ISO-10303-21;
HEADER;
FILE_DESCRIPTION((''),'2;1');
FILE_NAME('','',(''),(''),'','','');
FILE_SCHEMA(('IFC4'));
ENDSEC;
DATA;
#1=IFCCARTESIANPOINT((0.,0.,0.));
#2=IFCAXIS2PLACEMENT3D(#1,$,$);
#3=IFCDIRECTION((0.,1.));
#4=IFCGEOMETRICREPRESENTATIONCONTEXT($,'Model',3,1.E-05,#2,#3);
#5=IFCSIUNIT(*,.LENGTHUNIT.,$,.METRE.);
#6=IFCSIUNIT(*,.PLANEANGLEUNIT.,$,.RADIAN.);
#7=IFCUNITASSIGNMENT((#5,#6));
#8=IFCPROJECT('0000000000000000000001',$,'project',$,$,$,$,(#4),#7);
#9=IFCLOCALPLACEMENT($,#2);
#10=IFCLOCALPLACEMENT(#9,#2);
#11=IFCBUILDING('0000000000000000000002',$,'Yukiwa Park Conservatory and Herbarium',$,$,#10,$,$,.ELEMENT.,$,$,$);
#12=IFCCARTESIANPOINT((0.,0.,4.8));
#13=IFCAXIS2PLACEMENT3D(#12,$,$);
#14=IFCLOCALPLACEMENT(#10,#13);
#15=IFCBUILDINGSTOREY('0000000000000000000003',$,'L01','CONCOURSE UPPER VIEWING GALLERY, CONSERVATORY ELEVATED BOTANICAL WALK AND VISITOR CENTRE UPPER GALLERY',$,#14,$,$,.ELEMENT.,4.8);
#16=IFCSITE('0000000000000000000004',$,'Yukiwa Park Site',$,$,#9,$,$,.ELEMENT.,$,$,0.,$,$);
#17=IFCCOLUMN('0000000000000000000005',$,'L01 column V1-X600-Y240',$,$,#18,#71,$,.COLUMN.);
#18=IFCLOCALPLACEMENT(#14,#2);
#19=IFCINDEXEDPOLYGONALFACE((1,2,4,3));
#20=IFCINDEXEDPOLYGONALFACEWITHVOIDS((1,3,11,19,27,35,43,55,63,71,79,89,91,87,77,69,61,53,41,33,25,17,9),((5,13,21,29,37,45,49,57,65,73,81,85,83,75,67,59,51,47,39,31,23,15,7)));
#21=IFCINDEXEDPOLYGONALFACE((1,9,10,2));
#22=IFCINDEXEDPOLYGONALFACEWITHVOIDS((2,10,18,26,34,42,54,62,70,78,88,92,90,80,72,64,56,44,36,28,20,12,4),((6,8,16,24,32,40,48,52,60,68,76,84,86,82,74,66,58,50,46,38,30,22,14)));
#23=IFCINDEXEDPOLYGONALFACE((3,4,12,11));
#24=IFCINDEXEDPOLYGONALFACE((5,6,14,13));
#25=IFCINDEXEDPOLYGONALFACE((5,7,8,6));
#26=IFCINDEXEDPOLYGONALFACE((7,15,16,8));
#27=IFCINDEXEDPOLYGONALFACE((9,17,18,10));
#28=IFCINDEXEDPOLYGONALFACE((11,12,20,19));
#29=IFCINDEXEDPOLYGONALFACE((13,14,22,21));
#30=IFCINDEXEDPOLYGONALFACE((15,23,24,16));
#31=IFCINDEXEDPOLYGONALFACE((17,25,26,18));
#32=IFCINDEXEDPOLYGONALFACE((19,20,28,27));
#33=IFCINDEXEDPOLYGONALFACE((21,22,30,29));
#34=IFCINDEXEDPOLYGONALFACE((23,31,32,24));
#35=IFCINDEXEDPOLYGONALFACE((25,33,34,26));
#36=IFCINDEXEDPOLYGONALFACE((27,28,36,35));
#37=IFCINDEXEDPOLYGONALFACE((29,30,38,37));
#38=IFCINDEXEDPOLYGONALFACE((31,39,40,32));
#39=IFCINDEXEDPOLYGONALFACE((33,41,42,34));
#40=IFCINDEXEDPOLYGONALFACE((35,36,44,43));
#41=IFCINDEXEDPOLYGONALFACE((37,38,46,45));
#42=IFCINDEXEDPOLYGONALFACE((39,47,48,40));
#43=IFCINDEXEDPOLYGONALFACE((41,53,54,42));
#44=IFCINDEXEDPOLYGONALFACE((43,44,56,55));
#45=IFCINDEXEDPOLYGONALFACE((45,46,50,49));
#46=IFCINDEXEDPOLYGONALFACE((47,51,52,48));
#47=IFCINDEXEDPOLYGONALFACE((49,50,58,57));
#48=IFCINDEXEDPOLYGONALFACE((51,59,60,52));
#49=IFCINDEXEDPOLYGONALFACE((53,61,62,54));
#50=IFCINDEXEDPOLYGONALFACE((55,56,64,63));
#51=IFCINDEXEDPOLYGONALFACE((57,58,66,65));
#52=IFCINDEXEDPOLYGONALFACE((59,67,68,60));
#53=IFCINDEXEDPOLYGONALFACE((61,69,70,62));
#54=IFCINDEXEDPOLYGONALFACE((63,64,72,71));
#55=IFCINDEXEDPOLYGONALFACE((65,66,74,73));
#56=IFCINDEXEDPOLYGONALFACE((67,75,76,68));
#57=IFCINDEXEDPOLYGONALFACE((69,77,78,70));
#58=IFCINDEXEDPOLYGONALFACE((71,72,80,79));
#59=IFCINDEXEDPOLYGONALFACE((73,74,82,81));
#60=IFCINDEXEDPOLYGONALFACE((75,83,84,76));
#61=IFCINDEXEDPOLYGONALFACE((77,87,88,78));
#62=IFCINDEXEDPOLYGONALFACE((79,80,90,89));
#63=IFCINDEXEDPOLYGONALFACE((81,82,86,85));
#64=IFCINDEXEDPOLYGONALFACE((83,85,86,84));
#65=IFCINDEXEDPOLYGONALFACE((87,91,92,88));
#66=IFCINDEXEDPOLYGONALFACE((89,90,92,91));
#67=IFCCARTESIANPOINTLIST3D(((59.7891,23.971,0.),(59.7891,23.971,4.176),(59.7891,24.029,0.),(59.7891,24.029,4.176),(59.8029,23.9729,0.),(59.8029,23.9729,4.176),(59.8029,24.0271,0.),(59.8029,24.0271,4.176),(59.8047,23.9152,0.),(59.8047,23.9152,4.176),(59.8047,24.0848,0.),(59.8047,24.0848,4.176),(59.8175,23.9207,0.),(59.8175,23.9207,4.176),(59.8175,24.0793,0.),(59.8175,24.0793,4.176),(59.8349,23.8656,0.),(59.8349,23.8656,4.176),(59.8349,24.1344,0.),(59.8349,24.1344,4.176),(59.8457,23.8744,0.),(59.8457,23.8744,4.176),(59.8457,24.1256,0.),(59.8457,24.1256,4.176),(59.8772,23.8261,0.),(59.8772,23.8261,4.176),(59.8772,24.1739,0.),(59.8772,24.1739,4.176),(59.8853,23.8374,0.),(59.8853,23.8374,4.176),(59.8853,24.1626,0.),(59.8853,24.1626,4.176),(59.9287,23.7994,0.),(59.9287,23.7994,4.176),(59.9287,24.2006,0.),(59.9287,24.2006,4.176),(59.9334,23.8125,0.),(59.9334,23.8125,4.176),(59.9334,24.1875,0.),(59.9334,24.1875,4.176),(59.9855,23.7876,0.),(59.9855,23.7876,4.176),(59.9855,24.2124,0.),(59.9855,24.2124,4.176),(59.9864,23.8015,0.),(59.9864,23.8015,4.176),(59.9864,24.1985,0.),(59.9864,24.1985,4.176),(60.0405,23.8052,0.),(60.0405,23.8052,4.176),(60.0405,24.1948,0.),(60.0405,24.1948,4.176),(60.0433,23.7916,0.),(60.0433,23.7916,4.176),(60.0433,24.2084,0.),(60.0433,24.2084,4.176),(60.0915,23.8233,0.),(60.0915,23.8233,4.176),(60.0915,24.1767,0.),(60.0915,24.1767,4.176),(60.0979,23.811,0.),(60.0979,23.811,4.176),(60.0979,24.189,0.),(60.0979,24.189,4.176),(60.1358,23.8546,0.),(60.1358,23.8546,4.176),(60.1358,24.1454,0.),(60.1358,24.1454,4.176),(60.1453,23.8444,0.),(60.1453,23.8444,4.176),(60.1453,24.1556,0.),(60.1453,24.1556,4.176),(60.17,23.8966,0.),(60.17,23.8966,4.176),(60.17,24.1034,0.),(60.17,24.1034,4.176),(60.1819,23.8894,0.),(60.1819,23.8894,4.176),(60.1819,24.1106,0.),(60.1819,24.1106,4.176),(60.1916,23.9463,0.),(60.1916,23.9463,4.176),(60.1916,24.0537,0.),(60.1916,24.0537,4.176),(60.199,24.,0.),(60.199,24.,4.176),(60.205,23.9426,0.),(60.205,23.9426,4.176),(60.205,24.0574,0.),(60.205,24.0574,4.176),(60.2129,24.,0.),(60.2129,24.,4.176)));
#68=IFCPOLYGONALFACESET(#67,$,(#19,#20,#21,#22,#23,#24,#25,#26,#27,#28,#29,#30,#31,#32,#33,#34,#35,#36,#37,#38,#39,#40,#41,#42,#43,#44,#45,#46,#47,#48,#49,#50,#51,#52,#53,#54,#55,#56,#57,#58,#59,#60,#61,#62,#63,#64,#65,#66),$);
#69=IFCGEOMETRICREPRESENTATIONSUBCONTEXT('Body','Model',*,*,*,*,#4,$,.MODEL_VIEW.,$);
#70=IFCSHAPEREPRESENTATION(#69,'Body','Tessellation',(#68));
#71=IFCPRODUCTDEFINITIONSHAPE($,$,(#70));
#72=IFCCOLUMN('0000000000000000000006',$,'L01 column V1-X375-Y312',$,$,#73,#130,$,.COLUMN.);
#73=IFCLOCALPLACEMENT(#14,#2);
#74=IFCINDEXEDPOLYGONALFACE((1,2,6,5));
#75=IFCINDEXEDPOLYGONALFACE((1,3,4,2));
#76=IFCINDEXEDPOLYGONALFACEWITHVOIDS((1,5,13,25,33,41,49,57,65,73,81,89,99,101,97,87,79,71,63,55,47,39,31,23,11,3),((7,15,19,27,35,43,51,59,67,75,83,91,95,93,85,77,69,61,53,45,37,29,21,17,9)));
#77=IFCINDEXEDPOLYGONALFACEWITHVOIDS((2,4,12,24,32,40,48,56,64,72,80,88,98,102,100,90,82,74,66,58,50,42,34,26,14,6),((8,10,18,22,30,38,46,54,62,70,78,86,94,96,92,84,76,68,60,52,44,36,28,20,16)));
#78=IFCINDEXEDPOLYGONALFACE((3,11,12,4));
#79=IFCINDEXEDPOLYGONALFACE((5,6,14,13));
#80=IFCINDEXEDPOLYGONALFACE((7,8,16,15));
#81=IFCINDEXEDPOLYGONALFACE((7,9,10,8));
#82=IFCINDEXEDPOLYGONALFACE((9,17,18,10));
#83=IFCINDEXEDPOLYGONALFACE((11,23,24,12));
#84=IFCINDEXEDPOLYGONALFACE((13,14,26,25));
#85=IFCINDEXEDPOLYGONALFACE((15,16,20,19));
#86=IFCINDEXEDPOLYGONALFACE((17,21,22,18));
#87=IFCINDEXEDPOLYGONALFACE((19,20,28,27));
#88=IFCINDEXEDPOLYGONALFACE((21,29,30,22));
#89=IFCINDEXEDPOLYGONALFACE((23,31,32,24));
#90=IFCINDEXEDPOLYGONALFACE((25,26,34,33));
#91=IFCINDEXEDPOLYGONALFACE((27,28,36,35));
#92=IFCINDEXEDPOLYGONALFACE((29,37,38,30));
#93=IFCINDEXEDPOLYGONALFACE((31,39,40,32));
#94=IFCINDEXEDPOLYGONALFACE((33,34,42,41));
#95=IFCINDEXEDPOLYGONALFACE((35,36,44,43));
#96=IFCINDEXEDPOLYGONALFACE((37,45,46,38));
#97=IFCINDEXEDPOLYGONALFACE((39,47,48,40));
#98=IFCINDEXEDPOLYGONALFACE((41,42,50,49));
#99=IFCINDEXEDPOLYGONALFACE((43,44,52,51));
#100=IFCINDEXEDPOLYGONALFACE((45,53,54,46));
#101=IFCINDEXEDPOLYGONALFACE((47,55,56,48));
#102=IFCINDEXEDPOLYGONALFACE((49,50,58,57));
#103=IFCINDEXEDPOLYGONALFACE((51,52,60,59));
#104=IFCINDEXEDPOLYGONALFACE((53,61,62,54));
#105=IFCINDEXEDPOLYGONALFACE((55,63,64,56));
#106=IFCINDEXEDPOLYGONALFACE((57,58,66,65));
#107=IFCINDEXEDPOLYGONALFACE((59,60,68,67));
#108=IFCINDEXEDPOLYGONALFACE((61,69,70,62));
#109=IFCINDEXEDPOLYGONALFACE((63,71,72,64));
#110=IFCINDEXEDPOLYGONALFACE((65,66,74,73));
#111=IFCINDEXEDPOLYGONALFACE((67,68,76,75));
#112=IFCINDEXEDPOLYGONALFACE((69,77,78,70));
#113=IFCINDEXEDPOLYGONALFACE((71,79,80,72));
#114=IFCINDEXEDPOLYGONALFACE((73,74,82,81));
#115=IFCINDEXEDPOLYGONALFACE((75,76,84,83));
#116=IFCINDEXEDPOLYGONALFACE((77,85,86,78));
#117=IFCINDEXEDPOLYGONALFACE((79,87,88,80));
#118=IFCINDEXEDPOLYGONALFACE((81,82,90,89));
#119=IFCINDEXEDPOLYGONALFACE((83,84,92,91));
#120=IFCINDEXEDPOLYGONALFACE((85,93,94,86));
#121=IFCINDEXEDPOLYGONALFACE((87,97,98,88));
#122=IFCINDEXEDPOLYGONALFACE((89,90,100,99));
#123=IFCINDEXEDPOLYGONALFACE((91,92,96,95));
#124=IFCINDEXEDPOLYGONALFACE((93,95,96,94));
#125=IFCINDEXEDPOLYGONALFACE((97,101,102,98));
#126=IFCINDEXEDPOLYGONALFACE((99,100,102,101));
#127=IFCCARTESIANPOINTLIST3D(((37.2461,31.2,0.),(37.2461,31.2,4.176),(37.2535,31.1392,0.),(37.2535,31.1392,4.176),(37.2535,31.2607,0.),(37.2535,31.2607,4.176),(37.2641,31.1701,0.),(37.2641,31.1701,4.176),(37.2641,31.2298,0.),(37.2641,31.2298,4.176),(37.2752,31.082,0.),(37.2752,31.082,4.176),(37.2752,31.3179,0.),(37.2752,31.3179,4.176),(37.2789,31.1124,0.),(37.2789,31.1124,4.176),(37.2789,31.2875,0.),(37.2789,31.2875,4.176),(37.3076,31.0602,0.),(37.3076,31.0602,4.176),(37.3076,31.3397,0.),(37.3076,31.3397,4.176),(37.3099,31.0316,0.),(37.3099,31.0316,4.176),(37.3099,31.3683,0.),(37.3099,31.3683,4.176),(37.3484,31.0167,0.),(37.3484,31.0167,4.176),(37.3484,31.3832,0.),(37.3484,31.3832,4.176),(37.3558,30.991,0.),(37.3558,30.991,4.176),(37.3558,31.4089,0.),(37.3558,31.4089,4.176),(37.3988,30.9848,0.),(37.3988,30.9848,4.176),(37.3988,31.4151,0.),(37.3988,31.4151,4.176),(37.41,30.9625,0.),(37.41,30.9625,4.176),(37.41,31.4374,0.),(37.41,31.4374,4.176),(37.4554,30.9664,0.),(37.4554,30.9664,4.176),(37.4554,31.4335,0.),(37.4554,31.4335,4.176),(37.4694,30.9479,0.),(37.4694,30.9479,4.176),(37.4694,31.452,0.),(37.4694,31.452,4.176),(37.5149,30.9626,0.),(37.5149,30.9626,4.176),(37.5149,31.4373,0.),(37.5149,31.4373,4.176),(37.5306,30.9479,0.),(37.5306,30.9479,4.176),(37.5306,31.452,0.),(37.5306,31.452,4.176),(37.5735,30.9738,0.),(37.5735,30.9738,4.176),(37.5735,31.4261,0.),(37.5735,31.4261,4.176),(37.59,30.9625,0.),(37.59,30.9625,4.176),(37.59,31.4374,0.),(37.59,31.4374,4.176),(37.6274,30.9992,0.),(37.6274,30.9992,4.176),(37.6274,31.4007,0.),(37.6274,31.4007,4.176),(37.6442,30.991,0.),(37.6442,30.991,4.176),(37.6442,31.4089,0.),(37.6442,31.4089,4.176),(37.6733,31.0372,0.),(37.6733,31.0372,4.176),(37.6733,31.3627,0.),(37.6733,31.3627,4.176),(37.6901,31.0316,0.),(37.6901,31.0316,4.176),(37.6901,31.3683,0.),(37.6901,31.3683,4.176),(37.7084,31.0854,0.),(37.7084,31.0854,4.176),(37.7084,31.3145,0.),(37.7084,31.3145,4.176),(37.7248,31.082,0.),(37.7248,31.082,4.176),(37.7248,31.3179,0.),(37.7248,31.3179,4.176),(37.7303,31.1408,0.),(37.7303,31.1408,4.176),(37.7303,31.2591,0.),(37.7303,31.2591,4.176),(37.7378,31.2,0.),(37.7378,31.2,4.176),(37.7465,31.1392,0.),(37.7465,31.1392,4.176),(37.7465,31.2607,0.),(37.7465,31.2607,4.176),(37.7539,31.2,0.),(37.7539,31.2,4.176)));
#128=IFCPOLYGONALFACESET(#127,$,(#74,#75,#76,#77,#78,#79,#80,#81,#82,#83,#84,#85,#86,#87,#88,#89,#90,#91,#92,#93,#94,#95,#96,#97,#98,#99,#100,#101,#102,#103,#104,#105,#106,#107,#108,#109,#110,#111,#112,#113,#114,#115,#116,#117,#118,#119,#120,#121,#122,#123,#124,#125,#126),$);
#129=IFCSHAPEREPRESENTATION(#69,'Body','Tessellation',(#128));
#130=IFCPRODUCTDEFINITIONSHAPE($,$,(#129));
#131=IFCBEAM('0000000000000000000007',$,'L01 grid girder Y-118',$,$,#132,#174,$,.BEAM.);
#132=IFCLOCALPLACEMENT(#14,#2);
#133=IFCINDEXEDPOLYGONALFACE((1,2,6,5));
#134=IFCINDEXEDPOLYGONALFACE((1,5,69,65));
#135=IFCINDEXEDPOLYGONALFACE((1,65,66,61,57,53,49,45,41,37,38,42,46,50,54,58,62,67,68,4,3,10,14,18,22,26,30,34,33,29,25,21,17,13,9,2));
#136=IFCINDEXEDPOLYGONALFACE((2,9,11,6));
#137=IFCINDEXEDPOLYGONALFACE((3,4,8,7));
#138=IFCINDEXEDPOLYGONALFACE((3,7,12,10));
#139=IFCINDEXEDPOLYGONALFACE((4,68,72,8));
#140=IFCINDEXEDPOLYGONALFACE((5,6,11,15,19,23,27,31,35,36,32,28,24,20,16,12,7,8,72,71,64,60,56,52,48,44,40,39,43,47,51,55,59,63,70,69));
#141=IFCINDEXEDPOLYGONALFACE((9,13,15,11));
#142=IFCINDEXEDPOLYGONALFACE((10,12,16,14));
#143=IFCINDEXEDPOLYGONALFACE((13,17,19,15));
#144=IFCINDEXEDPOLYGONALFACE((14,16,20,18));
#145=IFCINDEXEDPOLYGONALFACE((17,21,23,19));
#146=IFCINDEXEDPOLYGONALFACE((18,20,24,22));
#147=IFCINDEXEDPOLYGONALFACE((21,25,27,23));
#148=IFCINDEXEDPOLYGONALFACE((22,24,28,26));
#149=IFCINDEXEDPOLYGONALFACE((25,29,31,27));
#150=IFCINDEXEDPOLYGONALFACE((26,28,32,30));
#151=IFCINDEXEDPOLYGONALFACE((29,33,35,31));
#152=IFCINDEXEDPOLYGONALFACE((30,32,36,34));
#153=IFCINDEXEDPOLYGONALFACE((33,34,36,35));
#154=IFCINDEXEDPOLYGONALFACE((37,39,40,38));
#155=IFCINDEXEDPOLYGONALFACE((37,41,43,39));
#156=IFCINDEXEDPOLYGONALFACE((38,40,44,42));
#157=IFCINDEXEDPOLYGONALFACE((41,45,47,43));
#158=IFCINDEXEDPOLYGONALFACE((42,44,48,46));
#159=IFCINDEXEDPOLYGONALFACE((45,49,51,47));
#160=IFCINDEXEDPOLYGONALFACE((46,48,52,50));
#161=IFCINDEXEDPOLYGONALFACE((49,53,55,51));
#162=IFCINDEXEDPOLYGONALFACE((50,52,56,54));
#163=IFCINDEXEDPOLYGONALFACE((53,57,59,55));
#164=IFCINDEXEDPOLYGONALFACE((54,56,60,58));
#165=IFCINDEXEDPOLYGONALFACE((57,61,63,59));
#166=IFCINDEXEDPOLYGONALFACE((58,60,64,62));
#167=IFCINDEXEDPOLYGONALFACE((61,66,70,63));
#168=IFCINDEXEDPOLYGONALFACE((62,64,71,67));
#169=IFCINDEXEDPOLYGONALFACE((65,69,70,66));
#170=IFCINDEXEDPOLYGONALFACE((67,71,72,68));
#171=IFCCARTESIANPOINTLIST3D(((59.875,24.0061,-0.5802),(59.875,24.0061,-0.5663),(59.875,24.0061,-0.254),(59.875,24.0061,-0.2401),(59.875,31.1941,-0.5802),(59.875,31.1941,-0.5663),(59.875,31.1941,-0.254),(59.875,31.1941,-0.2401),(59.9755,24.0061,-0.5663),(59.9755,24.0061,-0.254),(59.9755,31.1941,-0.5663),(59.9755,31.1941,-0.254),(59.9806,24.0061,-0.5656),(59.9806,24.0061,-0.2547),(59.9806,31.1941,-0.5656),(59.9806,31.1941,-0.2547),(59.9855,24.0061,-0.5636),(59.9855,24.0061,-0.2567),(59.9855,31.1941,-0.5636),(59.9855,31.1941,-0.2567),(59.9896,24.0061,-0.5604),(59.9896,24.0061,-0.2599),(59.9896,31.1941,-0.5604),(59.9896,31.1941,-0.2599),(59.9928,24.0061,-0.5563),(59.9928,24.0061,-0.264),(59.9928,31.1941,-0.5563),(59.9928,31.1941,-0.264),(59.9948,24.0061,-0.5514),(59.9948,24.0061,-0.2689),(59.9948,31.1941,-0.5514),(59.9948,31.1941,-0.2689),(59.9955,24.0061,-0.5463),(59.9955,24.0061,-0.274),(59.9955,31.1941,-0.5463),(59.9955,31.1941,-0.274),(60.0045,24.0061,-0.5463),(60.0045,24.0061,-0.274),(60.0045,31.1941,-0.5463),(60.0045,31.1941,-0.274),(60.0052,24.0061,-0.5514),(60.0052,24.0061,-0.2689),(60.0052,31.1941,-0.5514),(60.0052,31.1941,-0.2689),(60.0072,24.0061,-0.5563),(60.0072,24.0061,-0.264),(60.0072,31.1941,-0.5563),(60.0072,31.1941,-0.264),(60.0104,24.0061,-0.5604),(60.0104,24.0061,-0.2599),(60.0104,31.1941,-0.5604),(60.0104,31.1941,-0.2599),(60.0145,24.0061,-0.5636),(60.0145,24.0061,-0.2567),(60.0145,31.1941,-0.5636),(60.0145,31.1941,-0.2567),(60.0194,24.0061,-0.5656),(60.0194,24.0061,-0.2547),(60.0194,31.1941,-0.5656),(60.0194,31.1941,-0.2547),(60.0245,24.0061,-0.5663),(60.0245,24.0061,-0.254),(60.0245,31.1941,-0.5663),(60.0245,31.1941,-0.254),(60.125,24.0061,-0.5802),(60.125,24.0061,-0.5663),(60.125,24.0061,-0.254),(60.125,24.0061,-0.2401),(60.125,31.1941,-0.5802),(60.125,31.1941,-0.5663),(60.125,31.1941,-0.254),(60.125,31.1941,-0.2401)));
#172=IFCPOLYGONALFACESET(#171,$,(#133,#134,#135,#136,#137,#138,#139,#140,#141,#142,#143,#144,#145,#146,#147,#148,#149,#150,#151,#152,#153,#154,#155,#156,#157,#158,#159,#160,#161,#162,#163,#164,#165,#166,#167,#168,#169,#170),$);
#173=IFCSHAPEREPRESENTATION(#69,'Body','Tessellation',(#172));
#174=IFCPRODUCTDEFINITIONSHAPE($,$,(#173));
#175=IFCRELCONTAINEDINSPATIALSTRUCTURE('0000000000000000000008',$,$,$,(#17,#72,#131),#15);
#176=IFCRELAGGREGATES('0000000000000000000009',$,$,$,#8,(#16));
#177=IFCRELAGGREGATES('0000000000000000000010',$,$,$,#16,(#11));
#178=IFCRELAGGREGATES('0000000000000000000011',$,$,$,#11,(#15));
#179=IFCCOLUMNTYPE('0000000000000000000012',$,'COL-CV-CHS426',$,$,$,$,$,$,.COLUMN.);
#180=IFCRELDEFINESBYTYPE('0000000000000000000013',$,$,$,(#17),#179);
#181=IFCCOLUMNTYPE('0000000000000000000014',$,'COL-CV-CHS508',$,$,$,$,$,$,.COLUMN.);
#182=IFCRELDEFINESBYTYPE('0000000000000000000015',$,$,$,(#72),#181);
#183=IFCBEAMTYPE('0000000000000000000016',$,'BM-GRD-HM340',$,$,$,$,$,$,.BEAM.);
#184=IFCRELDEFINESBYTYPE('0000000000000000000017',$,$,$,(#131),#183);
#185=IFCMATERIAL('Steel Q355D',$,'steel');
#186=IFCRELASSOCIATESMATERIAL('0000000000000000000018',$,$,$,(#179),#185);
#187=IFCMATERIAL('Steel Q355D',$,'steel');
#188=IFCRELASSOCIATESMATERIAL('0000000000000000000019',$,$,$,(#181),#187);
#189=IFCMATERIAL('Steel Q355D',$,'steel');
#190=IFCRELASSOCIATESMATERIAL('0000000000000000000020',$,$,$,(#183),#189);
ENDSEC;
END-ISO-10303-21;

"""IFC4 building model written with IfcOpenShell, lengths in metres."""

from ifc_helpers import new_model, si_unit, direction, frame, origin, origin_2d, place, context, subcontext, project, spatial, hollow_circle, i_section, extrude, material, material_profile, profile_set, type_object, element, save


model = new_model("IFC4")

# Units and contexts
model_context = context("Model", 3, precision=1e-05, world=origin(), true_north=direction((0.0, 1.0)))
body_context = subcontext(model_context, "Body", "Model", "MODEL_VIEW")
ifc_project = project(units=[si_unit("LENGTHUNIT", "METRE"), si_unit("PLANEANGLEUNIT", "RADIAN")], contexts=[model_context])

# Site, building, storey
site_placement = place(None, origin())
site = spatial("IfcSite", under=ifc_project, at=site_placement, Name="Yukiwa Park Site", CompositionType="ELEMENT", RefElevation=0.0)
building_placement = place(site_placement, origin())
building = spatial("IfcBuilding", under=site, at=building_placement, Name="Yukiwa Park Conservatory and Herbarium", CompositionType="ELEMENT")
storey_placement = place(building_placement, frame((0.0, 0.0, 4.8)))
storey = spatial("IfcBuildingStorey", under=building, at=storey_placement, Name="L01", Description="CONCOURSE UPPER VIEWING GALLERY, CONSERVATORY ELEVATED BOTANICAL WALK AND VISITOR CENTRE UPPER GALLERY", CompositionType="ELEMENT", Elevation=4.8)

# Columns
ifc_material_1 = material(Name="Steel Q355D", Category="steel")
ifc_material_profile_1 = material_profile(ifc_material_1, hollow_circle(Radius=0.2129, WallThickness=0.0139, at=origin_2d()), Name="CHS 426x14")
ifc_profile_set_1 = profile_set([ifc_material_profile_1], Name="Steel Q355D")
column_type_1 = type_object("IfcColumnType", Name="COL-CV-CHS426", PredefinedType="COLUMN", material=ifc_profile_set_1)
column_1_placement = place(storey_placement, frame((60.0, 24.0, 0.0), z_axis=(0.0, 0.0, 1.0), x_axis=(1.0, 0.0, 0.0)))
element("IfcColumn", 1, at=column_1_placement, inside=storey, type_object=column_type_1, Name="L01 column V1-X600-Y240", PredefinedType="COLUMN", context=body_context, shape_type="SweptSolid", body=[
    extrude(hollow_circle(Radius=0.2129, WallThickness=0.0139, at=origin_2d()), origin(), (0.0, 0.0, 1.0), 4.176),
])
ifc_material_2 = material(Name="Steel Q355D", Category="steel")
ifc_material_profile_2 = material_profile(ifc_material_2, hollow_circle(Radius=0.2539, WallThickness=0.0161, at=origin_2d()), Name="CHS 508x16")
ifc_profile_set_2 = profile_set([ifc_material_profile_2], Name="Steel Q355D")
column_type_2 = type_object("IfcColumnType", Name="COL-CV-CHS508", PredefinedType="COLUMN", material=ifc_profile_set_2)
column_2_placement = place(storey_placement, frame((37.5, 31.2, 0.0), z_axis=(0.0, 0.0, 1.0), x_axis=(1.0, 0.0, 0.0)))
element("IfcColumn", 2, at=column_2_placement, inside=storey, type_object=column_type_2, Name="L01 column V1-X375-Y312", PredefinedType="COLUMN", context=body_context, shape_type="SweptSolid", body=[
    extrude(hollow_circle(Radius=0.2539, WallThickness=0.0161, at=origin_2d()), origin(), (0.0, 0.0, 1.0), 4.176),
])

# Beam
ifc_material_3 = material(Name="Steel Q355D", Category="steel")
ifc_material_profile_3 = material_profile(ifc_material_3, i_section(OverallWidth=0.25, OverallDepth=0.3401, WebThickness=0.009, FlangeThickness=0.0139, FilletRadius=0.02, at=origin_2d()), Name="HM 340x250x9x14")
ifc_profile_set_3 = profile_set([ifc_material_profile_3], Name="Steel Q355D")
beam_type_1 = type_object("IfcBeamType", Name="BM-GRD-HM340", PredefinedType="BEAM", material=ifc_profile_set_3)
beam_1_placement = place(storey_placement, frame((60.0, 24.0061, -0.4102), z_axis=(0.0, 1.0, 0.0), x_axis=(-1.0, 0.0, 0.0)))
element("IfcBeam", 3, at=beam_1_placement, inside=storey, type_object=beam_type_1, Name="L01 grid girder Y-118", PredefinedType="BEAM", context=body_context, shape_type="SweptSolid", body=[
    extrude(i_section(OverallWidth=0.25, OverallDepth=0.3401, WebThickness=0.009, FlangeThickness=0.0139, FilletRadius=0.02, at=origin_2d()), origin(), (0.0, 0.0, 1.0), 7.188),
])

save(model, "model.ifc")
